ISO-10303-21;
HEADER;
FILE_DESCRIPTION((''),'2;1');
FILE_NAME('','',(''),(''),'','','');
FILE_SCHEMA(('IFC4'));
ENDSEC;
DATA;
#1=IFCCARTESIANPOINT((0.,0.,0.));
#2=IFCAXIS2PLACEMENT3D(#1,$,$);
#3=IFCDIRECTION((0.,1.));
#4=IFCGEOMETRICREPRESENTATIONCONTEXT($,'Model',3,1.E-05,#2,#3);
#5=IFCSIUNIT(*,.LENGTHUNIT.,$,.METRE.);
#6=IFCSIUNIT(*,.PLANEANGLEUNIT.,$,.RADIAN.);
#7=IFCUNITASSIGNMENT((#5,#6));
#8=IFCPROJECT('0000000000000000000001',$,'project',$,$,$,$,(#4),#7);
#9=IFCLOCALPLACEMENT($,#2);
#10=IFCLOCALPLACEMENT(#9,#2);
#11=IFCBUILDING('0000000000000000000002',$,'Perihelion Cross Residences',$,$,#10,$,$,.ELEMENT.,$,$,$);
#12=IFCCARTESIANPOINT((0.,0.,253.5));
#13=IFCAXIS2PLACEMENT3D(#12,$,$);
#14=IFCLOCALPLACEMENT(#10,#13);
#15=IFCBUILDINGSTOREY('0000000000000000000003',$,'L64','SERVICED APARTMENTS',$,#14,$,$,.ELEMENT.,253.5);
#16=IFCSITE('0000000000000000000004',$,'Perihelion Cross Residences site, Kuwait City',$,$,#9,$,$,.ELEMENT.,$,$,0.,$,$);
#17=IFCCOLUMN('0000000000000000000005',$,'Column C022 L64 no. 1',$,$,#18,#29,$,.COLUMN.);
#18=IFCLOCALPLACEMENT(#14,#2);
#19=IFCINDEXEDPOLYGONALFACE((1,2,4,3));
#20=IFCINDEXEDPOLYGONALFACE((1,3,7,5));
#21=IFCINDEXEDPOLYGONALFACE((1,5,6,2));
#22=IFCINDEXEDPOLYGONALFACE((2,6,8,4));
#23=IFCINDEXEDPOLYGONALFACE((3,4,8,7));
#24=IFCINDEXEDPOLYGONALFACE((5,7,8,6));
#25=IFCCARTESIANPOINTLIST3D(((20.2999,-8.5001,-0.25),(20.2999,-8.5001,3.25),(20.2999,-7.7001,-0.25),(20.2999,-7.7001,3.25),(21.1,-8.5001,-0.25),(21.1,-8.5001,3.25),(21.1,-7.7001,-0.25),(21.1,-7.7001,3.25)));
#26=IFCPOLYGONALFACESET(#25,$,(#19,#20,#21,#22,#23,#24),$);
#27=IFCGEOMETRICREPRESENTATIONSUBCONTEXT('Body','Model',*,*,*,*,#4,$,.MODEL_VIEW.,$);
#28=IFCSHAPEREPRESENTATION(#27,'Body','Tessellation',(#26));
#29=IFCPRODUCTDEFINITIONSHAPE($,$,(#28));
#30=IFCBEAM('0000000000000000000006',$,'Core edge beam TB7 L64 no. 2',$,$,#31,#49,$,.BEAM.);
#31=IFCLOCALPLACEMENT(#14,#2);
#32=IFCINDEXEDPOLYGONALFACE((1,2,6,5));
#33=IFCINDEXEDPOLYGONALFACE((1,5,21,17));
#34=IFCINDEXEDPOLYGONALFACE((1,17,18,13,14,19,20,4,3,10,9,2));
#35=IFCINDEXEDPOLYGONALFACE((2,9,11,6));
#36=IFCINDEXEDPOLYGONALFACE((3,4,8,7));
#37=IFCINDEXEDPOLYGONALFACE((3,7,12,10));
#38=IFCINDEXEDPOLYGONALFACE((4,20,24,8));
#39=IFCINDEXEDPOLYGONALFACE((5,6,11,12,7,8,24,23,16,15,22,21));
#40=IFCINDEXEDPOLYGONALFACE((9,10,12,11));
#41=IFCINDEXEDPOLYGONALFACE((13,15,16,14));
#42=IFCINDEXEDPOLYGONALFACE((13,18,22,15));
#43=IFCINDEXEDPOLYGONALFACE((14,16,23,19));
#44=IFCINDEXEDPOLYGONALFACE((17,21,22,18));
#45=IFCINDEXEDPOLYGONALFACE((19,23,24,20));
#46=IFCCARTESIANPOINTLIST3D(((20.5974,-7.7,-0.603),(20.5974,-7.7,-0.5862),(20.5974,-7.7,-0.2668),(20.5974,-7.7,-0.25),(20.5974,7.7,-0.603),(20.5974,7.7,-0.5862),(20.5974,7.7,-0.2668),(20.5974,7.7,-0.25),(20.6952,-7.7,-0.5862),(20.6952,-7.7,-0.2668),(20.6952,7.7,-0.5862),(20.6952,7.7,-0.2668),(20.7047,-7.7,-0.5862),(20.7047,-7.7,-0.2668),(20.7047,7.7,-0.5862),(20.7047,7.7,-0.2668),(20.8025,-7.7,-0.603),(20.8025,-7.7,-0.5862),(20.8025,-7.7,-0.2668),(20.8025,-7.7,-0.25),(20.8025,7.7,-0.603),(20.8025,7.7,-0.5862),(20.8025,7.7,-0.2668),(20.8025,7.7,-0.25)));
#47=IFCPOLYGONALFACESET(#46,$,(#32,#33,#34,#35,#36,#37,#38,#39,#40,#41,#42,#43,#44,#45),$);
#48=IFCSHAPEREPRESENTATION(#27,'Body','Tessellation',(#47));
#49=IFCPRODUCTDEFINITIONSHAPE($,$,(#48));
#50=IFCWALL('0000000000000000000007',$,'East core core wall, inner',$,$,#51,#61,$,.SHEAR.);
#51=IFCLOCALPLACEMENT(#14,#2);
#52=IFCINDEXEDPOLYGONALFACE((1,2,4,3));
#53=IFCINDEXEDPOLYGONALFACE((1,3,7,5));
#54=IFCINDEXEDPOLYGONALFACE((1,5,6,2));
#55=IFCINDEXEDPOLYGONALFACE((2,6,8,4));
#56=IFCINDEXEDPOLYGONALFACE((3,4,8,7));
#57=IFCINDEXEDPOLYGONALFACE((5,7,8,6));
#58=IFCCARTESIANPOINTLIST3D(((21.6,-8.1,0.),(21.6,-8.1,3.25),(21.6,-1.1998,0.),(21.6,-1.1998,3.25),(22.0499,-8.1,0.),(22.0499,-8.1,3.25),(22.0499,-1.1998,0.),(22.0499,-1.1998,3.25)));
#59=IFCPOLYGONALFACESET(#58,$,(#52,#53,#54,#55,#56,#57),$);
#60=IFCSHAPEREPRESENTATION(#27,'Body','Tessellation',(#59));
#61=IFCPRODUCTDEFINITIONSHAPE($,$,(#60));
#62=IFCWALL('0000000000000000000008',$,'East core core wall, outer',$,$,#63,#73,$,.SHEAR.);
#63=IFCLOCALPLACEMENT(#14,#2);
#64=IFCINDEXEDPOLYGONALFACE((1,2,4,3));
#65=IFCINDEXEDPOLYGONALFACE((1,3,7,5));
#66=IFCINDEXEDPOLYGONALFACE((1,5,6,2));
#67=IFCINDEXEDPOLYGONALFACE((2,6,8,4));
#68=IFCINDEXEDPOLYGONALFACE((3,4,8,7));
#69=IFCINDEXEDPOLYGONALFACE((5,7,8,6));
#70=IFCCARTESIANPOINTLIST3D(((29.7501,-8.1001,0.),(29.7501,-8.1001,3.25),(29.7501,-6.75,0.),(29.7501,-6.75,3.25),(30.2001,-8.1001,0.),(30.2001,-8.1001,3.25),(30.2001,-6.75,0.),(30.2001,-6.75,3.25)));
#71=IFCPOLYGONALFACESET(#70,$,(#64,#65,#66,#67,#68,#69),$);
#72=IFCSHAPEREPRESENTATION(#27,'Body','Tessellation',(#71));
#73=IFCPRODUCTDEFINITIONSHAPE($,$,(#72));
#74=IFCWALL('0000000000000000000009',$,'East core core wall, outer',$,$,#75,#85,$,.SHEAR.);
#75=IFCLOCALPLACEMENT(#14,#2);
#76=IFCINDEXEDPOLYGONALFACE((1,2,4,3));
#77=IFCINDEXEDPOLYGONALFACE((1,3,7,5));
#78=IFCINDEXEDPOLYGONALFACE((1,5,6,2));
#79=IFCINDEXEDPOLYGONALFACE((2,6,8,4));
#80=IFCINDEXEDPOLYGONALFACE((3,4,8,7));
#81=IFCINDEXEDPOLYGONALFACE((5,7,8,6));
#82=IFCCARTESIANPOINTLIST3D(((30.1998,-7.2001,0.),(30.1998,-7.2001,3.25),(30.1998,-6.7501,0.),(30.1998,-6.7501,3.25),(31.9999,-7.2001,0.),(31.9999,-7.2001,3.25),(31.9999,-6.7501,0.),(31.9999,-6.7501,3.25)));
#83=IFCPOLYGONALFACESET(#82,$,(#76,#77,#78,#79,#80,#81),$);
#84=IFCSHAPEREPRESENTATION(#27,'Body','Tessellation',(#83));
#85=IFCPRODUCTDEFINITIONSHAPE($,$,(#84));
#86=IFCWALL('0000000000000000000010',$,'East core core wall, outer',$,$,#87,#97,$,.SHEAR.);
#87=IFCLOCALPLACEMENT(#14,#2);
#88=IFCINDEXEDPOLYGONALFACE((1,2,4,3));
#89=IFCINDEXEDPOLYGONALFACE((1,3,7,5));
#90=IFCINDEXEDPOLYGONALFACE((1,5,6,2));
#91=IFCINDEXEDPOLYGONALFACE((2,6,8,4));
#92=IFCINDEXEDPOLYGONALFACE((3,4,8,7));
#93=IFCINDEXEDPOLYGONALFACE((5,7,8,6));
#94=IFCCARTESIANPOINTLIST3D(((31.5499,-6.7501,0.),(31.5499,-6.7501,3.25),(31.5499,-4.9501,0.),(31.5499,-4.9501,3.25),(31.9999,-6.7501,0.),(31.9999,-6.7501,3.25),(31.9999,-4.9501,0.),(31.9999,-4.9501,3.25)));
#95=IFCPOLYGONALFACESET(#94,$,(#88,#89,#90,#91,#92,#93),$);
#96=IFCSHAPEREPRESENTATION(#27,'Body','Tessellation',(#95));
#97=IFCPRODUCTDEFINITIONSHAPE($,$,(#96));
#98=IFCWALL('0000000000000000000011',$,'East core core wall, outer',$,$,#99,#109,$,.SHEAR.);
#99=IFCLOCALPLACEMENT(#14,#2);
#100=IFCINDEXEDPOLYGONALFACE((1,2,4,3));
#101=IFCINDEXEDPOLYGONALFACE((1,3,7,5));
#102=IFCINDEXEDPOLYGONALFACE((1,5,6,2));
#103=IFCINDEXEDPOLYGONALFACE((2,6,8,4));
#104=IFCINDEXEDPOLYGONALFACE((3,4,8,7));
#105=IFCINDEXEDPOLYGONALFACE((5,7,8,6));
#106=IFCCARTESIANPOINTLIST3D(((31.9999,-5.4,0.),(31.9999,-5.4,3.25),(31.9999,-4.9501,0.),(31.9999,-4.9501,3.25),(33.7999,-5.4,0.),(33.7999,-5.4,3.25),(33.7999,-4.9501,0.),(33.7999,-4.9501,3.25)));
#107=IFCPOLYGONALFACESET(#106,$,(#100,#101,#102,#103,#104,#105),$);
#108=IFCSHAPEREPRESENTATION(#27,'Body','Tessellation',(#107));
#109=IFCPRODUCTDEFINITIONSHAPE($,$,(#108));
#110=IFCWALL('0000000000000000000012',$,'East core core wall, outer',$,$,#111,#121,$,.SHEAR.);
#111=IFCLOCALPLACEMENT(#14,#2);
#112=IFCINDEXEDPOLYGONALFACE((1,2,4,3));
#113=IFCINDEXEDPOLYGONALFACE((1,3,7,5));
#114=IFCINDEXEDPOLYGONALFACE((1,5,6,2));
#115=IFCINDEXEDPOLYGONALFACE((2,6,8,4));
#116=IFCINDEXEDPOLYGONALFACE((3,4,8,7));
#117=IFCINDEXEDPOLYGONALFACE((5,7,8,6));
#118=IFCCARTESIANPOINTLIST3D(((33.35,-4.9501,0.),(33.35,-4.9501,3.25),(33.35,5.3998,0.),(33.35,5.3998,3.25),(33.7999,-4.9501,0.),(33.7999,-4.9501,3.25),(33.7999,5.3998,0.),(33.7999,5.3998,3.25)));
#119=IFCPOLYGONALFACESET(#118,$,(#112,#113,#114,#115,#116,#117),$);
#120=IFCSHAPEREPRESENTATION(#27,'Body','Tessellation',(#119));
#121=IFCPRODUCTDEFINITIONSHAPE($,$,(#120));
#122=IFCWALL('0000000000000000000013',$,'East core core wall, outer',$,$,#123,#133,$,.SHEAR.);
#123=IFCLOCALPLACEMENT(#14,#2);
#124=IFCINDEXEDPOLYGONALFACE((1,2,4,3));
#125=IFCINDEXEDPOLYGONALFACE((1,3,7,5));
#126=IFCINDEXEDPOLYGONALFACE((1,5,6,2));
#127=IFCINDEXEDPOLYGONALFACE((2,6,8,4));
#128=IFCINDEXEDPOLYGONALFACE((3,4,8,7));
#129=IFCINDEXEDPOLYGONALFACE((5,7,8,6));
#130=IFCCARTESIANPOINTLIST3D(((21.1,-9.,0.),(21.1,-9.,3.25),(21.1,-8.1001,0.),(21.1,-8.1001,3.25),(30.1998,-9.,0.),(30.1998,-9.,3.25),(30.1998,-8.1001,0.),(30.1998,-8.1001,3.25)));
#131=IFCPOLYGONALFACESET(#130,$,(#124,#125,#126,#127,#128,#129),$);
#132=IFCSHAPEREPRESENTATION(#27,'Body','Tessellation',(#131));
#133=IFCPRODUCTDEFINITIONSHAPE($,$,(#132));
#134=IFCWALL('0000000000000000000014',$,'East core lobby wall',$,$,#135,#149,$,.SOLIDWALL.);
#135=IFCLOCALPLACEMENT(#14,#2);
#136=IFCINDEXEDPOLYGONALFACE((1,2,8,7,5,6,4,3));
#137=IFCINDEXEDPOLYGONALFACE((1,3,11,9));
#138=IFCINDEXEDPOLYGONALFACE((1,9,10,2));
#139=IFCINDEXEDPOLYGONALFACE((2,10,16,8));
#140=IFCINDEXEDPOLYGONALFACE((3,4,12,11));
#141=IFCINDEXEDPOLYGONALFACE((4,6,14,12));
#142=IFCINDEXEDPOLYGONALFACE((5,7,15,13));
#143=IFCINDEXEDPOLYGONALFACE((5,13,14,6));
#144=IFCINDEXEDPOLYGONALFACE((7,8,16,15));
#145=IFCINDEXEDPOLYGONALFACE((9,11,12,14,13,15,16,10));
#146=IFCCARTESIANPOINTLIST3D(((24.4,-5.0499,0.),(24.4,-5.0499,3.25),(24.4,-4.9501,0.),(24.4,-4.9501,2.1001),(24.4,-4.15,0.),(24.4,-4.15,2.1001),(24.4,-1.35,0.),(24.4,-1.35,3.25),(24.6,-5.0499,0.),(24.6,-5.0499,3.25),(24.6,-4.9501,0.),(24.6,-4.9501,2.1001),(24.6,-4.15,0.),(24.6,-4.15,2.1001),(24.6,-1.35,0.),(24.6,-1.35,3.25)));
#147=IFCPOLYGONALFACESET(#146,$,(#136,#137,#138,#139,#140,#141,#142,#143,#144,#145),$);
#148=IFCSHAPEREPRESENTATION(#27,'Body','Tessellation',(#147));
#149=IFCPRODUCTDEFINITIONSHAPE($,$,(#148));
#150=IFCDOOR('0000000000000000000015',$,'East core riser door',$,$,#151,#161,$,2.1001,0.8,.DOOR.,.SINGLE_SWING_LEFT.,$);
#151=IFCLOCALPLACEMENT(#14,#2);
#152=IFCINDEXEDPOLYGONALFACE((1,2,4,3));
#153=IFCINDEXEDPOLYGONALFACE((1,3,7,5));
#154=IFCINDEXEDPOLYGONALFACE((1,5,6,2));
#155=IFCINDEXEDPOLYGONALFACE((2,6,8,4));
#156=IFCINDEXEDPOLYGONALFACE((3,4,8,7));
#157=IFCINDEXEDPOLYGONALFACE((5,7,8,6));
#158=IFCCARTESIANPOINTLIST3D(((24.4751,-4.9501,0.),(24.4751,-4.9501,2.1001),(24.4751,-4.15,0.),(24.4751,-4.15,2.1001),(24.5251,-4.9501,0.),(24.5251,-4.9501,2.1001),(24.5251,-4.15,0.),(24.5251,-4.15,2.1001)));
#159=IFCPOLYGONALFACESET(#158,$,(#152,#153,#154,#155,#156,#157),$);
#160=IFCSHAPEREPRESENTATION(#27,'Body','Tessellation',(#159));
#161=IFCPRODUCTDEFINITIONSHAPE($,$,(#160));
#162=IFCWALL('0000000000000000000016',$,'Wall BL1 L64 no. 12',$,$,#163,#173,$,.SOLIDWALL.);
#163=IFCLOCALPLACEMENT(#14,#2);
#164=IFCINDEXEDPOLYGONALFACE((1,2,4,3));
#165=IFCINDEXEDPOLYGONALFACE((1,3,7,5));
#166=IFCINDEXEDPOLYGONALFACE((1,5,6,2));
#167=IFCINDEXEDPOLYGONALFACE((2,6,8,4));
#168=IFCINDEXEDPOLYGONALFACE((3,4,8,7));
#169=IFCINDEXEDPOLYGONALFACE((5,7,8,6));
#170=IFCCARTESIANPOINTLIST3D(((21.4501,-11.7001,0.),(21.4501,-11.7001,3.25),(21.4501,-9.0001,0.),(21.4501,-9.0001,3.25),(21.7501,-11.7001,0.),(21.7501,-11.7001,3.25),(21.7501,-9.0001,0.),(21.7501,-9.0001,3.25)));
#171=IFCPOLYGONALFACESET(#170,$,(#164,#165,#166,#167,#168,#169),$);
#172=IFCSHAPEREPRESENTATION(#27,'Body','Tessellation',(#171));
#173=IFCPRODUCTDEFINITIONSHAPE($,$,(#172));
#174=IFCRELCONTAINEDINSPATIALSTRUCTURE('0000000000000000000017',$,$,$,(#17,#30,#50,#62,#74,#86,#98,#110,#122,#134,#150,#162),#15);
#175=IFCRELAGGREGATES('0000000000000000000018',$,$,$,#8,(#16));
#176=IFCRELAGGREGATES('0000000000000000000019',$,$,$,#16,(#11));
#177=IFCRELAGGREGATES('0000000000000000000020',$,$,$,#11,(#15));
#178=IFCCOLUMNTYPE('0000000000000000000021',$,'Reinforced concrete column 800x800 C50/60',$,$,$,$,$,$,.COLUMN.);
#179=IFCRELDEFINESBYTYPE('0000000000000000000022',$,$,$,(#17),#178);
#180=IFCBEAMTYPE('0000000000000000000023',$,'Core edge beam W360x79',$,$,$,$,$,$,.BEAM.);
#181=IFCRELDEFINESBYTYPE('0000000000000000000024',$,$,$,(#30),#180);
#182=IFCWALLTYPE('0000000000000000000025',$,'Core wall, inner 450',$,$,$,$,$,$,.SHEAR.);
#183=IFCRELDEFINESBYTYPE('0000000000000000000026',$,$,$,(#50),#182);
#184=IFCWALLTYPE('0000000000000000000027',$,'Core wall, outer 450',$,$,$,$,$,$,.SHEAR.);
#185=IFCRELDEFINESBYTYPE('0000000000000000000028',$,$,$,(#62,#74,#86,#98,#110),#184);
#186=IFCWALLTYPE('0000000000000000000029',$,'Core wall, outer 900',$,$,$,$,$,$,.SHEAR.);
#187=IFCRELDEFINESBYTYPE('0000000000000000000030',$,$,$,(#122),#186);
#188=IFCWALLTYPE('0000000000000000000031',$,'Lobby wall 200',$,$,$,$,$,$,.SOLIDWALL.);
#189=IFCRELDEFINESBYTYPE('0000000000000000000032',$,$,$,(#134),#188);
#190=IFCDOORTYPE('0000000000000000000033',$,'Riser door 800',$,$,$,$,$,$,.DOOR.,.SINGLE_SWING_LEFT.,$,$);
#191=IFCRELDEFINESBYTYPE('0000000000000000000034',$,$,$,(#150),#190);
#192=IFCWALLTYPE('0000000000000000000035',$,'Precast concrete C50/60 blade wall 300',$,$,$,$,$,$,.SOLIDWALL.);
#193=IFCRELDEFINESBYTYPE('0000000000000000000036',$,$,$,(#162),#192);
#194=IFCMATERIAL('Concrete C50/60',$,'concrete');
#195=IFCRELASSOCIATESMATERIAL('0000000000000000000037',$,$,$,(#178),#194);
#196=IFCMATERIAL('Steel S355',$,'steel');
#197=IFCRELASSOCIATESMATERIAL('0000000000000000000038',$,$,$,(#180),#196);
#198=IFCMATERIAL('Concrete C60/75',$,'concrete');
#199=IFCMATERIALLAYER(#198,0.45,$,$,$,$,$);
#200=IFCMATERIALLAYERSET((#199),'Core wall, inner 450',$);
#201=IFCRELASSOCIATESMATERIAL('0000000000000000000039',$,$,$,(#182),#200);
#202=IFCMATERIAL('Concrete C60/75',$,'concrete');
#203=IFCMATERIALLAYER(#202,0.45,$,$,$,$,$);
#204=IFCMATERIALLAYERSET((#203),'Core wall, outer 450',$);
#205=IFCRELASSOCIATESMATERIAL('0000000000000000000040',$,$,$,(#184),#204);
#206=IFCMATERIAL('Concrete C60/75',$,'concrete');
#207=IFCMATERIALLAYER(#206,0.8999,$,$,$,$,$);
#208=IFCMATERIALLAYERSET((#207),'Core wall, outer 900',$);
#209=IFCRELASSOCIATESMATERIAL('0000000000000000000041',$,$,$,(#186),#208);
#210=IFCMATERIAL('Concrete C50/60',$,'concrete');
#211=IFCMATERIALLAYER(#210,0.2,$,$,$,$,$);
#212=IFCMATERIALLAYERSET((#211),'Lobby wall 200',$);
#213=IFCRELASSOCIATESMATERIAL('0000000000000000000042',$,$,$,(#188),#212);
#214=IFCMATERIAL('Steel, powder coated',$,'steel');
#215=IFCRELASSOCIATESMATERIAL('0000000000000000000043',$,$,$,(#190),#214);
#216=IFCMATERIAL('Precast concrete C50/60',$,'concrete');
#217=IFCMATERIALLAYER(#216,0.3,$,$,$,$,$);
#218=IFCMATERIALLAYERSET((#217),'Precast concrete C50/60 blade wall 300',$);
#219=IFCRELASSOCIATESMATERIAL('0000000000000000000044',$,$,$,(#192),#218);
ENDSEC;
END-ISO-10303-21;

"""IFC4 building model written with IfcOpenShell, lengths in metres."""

from ifc_helpers import new_model, si_unit, direction, frame, frame_2d, origin, origin_2d, place, context, subcontext, project, spatial, rectangle, i_section, extrude, material, layer, layer_set, material_profile, profile_set, type_object, element, fill, save


model = new_model("IFC4")

# Units and contexts
model_context = context("Model", 3, precision=1e-05, world=origin(), true_north=direction((0.0, 1.0)))
body_context = subcontext(model_context, "Body", "Model", "MODEL_VIEW")
ifc_project = project(units=[si_unit("LENGTHUNIT", "METRE"), si_unit("PLANEANGLEUNIT", "RADIAN")], contexts=[model_context])

# Site, building, storey
site_placement = place(None, origin())
site = spatial("IfcSite", under=ifc_project, at=site_placement, Name="Perihelion Cross Residences site, Kuwait City", CompositionType="ELEMENT", RefElevation=0.0)
building_placement = place(site_placement, origin())
building = spatial("IfcBuilding", under=site, at=building_placement, Name="Perihelion Cross Residences", CompositionType="ELEMENT")
storey_placement = place(building_placement, frame((0.0, 0.0, 253.5)))
storey = spatial("IfcBuildingStorey", under=building, at=storey_placement, Name="L64", Description="SERVICED APARTMENTS", CompositionType="ELEMENT", Elevation=253.5)

# Column
ifc_material_1 = material(Name="Concrete C50/60", Category="concrete")
ifc_material_profile_1 = material_profile(ifc_material_1, rectangle(XDim=0.8, YDim=0.8, at=origin_2d()), Name="RC 800x800")
ifc_profile_set_1 = profile_set([ifc_material_profile_1], Name="Concrete C50/60")
column_type = type_object("IfcColumnType", Name="Reinforced concrete column 800x800 C50/60", PredefinedType="COLUMN", material=ifc_profile_set_1)
column_placement = place(storey_placement, frame((20.7, -8.1001, -0.25), z_axis=(0.0, 0.0, 1.0), x_axis=(1.0, 0.0, 0.0)))
element("IfcColumn", 1, at=column_placement, inside=storey, type_object=column_type, Name="Column C022 L64 no. 1", PredefinedType="COLUMN", context=body_context, shape_type="SweptSolid", body=[
    extrude(rectangle(XDim=0.8, YDim=0.8, at=origin_2d()), origin(), (0.0, 0.0, 1.0), 3.5),
])

# Beam
ifc_material_2 = material(Name="Steel S355", Category="steel")
ifc_material_profile_2 = material_profile(ifc_material_2, i_section(OverallWidth=0.2051, OverallDepth=0.353, WebThickness=0.0095, FlangeThickness=0.0168, at=origin_2d()), Name="W360x79")
ifc_profile_set_2 = profile_set([ifc_material_profile_2], Name="Steel S355")
beam_type = type_object("IfcBeamType", Name="Core edge beam W360x79", PredefinedType="BEAM", material=ifc_profile_set_2)
beam_placement = place(storey_placement, frame((20.7, -7.7, -0.4265), z_axis=(0.0, 1.0, 0.0), x_axis=(-1.0, 0.0, 0.0)))
element("IfcBeam", 2, at=beam_placement, inside=storey, type_object=beam_type, Name="Core edge beam TB7 L64 no. 2", PredefinedType="BEAM", context=body_context, shape_type="SweptSolid", body=[
    extrude(i_section(OverallWidth=0.2051, OverallDepth=0.353, WebThickness=0.0095, FlangeThickness=0.0168, at=origin_2d()), origin(), (0.0, 0.0, 1.0), 15.3999),
])

# Walls
ifc_material_3 = material(Name="Concrete C60/75", Category="concrete")
ifc_layer_1 = layer(ifc_material_3, 0.45)
ifc_layer_set_1 = layer_set([ifc_layer_1], Name="Core wall, inner 450")
wall_type_1 = type_object("IfcWallType", Name="Core wall, inner 450", PredefinedType="SHEAR", material=ifc_layer_set_1)
wall_1_placement = place(storey_placement, frame((21.825, -8.1001, 0.0), z_axis=(0.0, 0.0, 1.0), x_axis=(0.0, 1.0, 0.0)))
element("IfcWall", 3, at=wall_1_placement, inside=storey, type_object=wall_type_1, Name="East core core wall, inner", PredefinedType="SHEAR", context=body_context, shape_type="SweptSolid", body=[
    extrude(rectangle(XDim=6.9001, YDim=0.45, at=frame_2d((3.4502, 0.0))), origin(), (0.0, 0.0, 1.0), 3.25),
])
ifc_material_4 = material(Name="Concrete C60/75", Category="concrete")
ifc_layer_2 = layer(ifc_material_4, 0.45)
ifc_layer_set_2 = layer_set([ifc_layer_2], Name="Core wall, outer 450")
wall_type_2 = type_object("IfcWallType", Name="Core wall, outer 450", PredefinedType="SHEAR", material=ifc_layer_set_2)
wall_2_placement = place(storey_placement, frame((29.9751, -8.1001, 0.0), z_axis=(0.0, 0.0, 1.0), x_axis=(0.0, 1.0, 0.0)))
element("IfcWall", 4, at=wall_2_placement, inside=storey, type_object=wall_type_2, Name="East core core wall, outer", PredefinedType="SHEAR", context=body_context, shape_type="SweptSolid", body=[
    extrude(rectangle(XDim=1.3501, YDim=0.45, at=frame_2d((0.675, 0.0))), origin(), (0.0, 0.0, 1.0), 3.25),
])
for number, where, z_axis, x_axis, name in (
    (5, (30.2, -6.9751, 0.0), (0.0, 0.0, 1.0), (1.0, 0.0, 0.0), "East core core wall, outer"),
    (6, (31.7749, -6.75, 0.0), (0.0, 0.0, 1.0), (0.0, 1.0, 0.0), "East core core wall, outer"),
    (7, (32.0, -5.175, 0.0), (0.0, 0.0, 1.0), (1.0, 0.0, 0.0), "East core core wall, outer"),
):
    element("IfcWall", number, at=place(storey_placement, frame(where, z_axis=z_axis, x_axis=x_axis)), inside=storey, type_object=wall_type_2, Name=name, PredefinedType="SHEAR", context=body_context, shape_type="SweptSolid", body=[
        extrude(rectangle(XDim=1.8, YDim=0.45, at=frame_2d((0.8999, 0.0))), origin(), (0.0, 0.0, 1.0), 3.25),
    ])
wall_3_placement = place(storey_placement, frame((33.575, -4.95, 0.0), z_axis=(0.0, 0.0, 1.0), x_axis=(0.0, 1.0, 0.0)))
element("IfcWall", 8, at=wall_3_placement, inside=storey, type_object=wall_type_2, Name="East core core wall, outer", PredefinedType="SHEAR", context=body_context, shape_type="SweptSolid", body=[
    extrude(rectangle(XDim=10.3499, YDim=0.45, at=frame_2d((5.1748, 0.0))), origin(), (0.0, 0.0, 1.0), 3.25),
])
ifc_material_5 = material(Name="Concrete C60/75", Category="concrete")
ifc_layer_3 = layer(ifc_material_5, 0.8999)
ifc_layer_set_3 = layer_set([ifc_layer_3], Name="Core wall, outer 900")
wall_type_3 = type_object("IfcWallType", Name="Core wall, outer 900", PredefinedType="SHEAR", material=ifc_layer_set_3)
wall_4_placement = place(storey_placement, frame((21.1001, -8.55, 0.0), z_axis=(0.0, 0.0, 1.0), x_axis=(1.0, 0.0, 0.0)))
element("IfcWall", 9, at=wall_4_placement, inside=storey, type_object=wall_type_3, Name="East core core wall, outer", PredefinedType="SHEAR", context=body_context, shape_type="SweptSolid", body=[
    extrude(rectangle(XDim=9.0999, YDim=0.8999, at=frame_2d((4.5498, 0.0))), origin(), (0.0, 0.0, 1.0), 3.25),
])

# Wall, opening, door
ifc_material_6 = material(Name="Concrete C50/60", Category="concrete")
ifc_layer_4 = layer(ifc_material_6, 0.2)
ifc_layer_set_4 = layer_set([ifc_layer_4], Name="Lobby wall 200")
wall_type_4 = type_object("IfcWallType", Name="Lobby wall 200", PredefinedType="SOLIDWALL", material=ifc_layer_set_4)
wall_5_placement = place(storey_placement, frame((24.5, -5.05, 0.0), z_axis=(0.0, 0.0, 1.0), x_axis=(0.0, 1.0, 0.0)))
wall_5 = element("IfcWall", 10, at=wall_5_placement, inside=storey, type_object=wall_type_4, Name="East core lobby wall", PredefinedType="SOLIDWALL", context=body_context, shape_type="SweptSolid", body=[
    extrude(rectangle(XDim=3.7, YDim=0.2, at=frame_2d((1.8501, 0.0))), origin(), (0.0, 0.0, 1.0), 3.25),
])
opening_1_placement = place(wall_5_placement, frame((0.1001, 0.0, 0.0)))
opening_1 = element("IfcOpeningElement", 11, at=opening_1_placement, cuts=wall_5, PredefinedType="OPENING", context=body_context, shape_type="SweptSolid", body=[
    extrude(rectangle(XDim=0.8, YDim=2.1001, at=frame_2d((0.3999, 1.05))), frame((0.0, 0.1099, 0.0), z_axis=(0.0, -1.0, 0.0), x_axis=(1.0, 0.0, 0.0)), (0.0, 0.0, 1.0), 0.22),
])
ifc_material_7 = material(Name="Steel, powder coated", Category="steel")
door_type_1 = type_object("IfcDoorType", Name="Riser door 800", OperationType="SINGLE_SWING_LEFT", PredefinedType="DOOR", material=ifc_material_7)
door_1_placement = place(opening_1_placement, origin())
door_1 = element("IfcDoor", 12, at=door_1_placement, inside=storey, type_object=door_type_1, Name="East core riser door", OperationType="SINGLE_SWING_LEFT", OverallHeight=2.1001, OverallWidth=0.8, PredefinedType="DOOR", context=body_context, shape_type="SweptSolid", body=[
    extrude(rectangle(XDim=0.8, YDim=2.1001, at=frame_2d((0.3999, 1.05))), frame((0.0, 0.0249, 0.0), z_axis=(0.0, -1.0, 0.0), x_axis=(1.0, 0.0, 0.0)), (0.0, 0.0, 1.0), 0.05),
])
fill(opening_1, door_1)

# Wall
ifc_material_8 = material(Name="Precast concrete C50/60", Category="concrete")
ifc_layer_5 = layer(ifc_material_8, 0.3)
ifc_layer_set_5 = layer_set([ifc_layer_5], Name="Precast concrete C50/60 blade wall 300")
wall_type_5 = type_object("IfcWallType", Name="Precast concrete C50/60 blade wall 300", PredefinedType="SOLIDWALL", material=ifc_layer_set_5)
wall_6_placement = place(storey_placement, frame((21.6001, -9.0, 0.0), z_axis=(0.0, 0.0, 1.0), x_axis=(0.0, -1.0, 0.0)))
element("IfcWall", 13, at=wall_6_placement, inside=storey, type_object=wall_type_5, Name="Wall BL1 L64 no. 12", PredefinedType="SOLIDWALL", context=body_context, shape_type="SweptSolid", body=[
    extrude(rectangle(XDim=2.7, YDim=0.3, at=frame_2d((1.3501, 0.0))), origin(), (0.0, 0.0, 1.0), 3.25),
])

save(model, "model.ifc")
